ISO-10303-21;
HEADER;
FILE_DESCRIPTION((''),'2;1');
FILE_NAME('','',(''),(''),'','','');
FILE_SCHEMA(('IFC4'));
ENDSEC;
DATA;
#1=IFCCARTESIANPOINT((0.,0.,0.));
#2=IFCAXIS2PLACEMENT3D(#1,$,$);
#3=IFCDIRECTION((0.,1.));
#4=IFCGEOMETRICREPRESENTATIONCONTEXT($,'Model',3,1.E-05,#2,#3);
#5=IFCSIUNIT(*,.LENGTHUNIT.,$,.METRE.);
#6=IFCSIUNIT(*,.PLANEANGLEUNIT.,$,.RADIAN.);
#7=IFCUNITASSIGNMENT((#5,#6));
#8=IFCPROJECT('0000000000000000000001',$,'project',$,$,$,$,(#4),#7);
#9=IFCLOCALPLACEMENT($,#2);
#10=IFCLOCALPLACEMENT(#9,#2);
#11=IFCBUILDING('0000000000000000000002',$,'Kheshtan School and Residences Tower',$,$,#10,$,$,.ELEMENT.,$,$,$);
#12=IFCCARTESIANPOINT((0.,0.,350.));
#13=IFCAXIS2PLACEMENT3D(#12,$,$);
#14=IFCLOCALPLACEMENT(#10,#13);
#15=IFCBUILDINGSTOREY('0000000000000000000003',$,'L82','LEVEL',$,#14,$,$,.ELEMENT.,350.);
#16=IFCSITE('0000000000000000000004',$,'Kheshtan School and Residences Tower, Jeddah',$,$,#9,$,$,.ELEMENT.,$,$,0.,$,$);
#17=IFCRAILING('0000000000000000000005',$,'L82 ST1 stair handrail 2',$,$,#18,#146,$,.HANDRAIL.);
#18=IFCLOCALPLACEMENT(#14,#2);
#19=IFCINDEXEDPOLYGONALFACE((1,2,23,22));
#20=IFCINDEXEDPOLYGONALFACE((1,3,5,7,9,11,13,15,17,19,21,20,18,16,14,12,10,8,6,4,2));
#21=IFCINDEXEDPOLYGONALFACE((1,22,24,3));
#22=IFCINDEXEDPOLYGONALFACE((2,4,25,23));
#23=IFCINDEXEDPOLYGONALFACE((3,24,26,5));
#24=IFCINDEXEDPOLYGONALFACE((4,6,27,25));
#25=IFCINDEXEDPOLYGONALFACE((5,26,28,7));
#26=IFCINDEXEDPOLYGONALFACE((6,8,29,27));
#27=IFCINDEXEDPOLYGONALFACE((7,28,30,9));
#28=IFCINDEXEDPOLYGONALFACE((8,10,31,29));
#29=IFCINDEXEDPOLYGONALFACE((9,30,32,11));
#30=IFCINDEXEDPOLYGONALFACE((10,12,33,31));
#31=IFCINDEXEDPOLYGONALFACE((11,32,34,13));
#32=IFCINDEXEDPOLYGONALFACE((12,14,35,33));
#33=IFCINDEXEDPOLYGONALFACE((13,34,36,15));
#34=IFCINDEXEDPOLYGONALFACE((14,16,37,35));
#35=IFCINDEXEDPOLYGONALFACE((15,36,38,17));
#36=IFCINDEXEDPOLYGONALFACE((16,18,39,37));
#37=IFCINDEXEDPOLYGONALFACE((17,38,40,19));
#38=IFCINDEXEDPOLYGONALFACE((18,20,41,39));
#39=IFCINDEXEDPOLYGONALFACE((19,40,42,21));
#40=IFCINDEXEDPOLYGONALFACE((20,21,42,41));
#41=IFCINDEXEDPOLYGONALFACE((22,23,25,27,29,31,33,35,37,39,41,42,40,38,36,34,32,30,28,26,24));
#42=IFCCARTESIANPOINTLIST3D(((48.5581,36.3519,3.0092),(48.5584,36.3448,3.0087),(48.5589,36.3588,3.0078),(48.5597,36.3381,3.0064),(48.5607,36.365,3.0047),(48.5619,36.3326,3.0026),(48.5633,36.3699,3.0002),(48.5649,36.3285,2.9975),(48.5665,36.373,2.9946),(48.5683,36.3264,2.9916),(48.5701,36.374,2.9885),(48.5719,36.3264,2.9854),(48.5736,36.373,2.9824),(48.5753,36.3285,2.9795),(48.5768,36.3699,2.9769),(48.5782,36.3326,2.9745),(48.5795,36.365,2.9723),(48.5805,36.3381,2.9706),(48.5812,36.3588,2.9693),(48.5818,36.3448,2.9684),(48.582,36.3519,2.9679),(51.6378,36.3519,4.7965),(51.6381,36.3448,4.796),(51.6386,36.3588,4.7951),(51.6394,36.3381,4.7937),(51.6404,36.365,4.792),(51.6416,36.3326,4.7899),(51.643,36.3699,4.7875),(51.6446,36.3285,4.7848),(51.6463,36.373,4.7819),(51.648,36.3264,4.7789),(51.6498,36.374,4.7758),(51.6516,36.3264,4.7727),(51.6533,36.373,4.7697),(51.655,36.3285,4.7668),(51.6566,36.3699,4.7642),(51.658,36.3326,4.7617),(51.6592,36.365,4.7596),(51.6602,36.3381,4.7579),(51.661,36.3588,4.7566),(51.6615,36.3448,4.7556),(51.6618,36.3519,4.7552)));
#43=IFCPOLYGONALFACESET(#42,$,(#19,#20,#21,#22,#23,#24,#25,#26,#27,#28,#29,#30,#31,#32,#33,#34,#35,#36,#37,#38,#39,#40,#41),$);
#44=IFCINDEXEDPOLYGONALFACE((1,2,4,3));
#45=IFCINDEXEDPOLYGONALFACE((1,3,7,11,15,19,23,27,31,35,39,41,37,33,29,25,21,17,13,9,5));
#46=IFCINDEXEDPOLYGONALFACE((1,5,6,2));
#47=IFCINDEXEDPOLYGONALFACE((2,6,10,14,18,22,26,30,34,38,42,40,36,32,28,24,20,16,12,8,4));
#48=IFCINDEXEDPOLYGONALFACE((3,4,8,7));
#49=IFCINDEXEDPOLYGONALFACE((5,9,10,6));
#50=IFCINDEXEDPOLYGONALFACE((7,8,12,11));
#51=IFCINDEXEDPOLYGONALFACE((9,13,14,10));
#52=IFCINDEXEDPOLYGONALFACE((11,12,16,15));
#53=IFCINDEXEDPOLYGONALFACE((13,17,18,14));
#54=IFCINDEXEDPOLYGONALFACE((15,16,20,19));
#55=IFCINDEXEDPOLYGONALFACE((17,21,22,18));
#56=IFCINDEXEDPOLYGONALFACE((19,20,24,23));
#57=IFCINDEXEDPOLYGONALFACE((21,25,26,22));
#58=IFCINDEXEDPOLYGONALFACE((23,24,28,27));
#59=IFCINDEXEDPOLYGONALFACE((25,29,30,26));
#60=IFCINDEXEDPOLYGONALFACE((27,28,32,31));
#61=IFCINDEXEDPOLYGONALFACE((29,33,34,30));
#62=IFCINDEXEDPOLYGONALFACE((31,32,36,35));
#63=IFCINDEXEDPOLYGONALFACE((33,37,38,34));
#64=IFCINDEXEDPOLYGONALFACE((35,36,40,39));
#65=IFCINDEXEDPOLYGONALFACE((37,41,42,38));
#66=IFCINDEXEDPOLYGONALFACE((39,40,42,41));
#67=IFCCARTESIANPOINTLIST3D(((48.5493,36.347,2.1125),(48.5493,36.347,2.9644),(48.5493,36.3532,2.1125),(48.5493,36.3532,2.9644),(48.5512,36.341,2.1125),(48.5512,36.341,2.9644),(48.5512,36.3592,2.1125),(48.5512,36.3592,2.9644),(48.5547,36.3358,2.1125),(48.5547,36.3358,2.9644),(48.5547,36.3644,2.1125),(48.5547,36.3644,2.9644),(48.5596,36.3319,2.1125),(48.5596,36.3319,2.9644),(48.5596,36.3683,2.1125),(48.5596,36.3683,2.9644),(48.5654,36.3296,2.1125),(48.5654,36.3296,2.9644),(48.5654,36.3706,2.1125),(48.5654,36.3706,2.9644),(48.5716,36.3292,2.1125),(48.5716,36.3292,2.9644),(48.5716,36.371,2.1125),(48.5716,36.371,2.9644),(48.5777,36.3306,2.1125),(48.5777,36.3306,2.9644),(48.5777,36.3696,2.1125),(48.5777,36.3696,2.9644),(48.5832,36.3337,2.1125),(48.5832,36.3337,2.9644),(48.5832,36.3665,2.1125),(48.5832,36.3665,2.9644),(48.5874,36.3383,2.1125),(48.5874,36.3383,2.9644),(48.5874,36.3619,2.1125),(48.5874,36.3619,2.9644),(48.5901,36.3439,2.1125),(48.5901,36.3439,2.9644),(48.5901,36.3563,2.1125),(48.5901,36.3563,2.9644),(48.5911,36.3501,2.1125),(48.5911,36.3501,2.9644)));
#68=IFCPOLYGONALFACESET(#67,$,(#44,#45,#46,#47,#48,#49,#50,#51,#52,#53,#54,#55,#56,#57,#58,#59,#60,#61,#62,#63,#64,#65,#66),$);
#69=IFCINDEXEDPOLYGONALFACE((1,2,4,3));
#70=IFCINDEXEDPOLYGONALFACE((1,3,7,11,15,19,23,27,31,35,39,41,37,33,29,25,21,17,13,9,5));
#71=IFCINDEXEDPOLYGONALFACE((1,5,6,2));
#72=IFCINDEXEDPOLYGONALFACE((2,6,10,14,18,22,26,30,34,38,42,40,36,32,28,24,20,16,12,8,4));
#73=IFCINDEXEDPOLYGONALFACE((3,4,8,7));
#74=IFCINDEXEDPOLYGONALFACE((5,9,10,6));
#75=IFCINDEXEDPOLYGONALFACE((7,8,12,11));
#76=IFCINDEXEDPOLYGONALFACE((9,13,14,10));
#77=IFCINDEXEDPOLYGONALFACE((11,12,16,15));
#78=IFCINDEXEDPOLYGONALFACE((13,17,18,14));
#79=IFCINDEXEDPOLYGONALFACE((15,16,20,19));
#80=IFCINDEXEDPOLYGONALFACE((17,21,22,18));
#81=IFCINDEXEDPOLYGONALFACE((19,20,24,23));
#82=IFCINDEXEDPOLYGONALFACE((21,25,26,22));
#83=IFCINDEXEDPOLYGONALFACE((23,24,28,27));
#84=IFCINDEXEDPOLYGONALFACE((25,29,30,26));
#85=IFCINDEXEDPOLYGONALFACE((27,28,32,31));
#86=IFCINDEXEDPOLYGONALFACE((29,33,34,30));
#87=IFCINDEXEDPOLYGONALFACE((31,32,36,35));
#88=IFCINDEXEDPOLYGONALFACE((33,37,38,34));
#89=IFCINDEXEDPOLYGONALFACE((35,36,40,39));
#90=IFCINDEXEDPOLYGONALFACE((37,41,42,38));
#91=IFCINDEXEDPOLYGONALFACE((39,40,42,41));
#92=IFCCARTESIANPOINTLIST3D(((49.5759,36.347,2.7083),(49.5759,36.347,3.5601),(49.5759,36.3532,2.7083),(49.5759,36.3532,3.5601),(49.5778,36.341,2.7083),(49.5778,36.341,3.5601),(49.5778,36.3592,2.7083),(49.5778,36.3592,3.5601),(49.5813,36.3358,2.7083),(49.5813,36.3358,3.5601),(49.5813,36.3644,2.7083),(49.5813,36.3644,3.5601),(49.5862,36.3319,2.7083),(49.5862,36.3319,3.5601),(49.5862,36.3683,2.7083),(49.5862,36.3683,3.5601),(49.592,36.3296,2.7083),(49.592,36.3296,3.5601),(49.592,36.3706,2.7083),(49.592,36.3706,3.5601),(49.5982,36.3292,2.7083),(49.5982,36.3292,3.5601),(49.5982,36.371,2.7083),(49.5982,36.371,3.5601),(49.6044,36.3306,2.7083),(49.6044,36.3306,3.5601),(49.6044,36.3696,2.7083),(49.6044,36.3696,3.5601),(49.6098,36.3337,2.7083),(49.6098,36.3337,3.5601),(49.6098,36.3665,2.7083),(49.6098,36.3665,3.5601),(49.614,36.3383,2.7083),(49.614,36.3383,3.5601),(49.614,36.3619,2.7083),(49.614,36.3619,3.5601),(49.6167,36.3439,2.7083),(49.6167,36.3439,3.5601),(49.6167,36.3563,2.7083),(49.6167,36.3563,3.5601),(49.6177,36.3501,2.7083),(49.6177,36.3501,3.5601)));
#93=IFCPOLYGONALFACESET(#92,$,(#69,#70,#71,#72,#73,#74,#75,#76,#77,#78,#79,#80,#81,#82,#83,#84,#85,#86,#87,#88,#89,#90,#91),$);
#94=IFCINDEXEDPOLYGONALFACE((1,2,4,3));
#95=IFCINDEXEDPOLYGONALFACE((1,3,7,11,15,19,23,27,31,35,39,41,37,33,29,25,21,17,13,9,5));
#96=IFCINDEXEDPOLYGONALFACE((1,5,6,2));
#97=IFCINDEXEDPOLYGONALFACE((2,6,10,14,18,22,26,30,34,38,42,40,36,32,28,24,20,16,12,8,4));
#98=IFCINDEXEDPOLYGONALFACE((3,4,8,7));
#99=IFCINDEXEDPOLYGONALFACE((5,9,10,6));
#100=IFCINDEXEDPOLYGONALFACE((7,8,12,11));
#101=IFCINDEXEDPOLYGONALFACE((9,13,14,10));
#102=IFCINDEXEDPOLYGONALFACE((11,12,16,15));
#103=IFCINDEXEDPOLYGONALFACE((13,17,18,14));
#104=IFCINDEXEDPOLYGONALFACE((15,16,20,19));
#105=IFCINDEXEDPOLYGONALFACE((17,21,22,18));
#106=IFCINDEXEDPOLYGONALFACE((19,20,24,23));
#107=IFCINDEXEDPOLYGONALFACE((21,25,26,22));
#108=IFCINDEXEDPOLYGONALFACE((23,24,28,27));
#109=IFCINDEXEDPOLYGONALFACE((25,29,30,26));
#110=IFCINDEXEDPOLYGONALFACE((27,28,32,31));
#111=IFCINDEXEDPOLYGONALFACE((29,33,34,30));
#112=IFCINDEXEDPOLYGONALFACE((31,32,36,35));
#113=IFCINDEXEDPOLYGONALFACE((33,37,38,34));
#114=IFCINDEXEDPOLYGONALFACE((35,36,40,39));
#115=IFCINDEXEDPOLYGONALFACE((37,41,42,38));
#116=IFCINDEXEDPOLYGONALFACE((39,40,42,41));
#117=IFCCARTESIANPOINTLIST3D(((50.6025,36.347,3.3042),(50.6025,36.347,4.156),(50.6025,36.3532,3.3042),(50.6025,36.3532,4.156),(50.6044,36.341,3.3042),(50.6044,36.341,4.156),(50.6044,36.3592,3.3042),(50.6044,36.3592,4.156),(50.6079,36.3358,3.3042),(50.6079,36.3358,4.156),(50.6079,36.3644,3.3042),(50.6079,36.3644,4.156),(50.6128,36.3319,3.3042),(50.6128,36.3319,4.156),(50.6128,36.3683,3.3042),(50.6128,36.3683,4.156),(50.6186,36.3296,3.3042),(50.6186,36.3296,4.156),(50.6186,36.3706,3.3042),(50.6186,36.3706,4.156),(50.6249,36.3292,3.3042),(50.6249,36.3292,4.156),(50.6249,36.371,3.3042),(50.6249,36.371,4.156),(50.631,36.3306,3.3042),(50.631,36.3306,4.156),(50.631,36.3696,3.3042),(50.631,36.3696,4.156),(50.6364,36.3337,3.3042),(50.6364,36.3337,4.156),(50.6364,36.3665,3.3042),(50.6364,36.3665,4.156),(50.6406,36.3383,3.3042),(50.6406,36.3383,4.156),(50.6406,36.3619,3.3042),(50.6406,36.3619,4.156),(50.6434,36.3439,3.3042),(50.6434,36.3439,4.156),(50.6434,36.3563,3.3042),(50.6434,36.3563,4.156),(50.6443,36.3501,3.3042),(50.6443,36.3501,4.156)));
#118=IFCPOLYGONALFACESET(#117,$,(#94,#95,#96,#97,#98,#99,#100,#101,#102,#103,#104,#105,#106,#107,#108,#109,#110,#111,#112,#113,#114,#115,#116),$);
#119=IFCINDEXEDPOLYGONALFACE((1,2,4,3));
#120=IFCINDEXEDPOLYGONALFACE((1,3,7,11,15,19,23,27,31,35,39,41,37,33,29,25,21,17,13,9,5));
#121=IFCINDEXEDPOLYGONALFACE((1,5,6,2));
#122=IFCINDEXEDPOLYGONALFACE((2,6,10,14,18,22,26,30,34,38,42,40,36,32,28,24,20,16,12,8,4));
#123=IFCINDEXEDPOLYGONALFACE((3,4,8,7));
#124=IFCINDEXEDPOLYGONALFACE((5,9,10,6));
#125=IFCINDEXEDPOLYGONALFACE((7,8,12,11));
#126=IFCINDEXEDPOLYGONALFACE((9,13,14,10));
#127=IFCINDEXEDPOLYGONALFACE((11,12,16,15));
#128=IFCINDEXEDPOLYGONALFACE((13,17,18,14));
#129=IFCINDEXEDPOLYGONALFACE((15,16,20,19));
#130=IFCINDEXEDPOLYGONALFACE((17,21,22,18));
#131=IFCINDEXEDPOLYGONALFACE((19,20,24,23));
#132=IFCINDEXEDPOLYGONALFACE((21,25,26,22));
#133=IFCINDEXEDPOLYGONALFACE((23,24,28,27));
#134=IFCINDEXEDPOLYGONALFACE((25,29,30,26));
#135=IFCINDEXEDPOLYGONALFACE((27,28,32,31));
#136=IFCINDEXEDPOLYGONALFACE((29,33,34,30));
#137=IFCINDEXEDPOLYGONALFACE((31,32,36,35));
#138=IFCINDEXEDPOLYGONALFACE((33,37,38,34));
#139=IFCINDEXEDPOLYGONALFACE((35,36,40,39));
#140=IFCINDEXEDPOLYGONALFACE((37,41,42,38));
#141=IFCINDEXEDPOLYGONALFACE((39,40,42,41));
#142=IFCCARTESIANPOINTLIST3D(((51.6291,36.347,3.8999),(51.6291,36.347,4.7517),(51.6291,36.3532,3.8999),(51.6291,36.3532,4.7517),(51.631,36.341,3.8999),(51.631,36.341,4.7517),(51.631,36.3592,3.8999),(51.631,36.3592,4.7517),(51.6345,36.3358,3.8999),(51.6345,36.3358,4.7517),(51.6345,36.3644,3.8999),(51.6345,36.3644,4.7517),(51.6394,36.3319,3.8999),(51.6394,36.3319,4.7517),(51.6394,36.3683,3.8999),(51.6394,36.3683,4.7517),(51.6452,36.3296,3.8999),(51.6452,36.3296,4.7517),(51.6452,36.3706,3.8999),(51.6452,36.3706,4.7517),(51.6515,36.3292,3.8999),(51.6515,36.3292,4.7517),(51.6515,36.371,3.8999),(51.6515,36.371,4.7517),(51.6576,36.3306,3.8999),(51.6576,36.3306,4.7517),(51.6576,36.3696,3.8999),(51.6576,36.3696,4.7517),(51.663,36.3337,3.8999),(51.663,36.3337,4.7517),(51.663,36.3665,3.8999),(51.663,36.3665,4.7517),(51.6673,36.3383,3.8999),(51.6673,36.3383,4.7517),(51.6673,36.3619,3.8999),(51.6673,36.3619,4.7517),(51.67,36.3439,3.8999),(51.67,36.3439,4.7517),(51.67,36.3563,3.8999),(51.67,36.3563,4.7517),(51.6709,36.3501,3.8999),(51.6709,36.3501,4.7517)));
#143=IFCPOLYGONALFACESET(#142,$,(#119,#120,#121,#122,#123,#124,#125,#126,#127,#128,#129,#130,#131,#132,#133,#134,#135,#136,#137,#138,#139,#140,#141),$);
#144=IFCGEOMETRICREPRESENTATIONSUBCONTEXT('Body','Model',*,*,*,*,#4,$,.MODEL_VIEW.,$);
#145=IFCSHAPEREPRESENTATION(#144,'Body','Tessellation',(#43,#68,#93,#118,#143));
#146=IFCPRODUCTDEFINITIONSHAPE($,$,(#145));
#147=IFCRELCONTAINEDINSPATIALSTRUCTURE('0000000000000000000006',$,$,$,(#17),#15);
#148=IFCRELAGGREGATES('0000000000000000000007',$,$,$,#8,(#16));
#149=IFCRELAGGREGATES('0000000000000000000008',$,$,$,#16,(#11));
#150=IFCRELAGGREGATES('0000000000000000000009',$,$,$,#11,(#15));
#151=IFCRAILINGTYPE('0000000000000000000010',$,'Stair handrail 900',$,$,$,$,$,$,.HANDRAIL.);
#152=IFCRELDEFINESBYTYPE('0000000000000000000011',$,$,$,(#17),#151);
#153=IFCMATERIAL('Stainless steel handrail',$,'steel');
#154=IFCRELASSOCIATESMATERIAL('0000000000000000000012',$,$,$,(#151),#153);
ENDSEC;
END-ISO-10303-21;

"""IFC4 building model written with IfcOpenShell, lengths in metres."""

from ifc_helpers import new_model, si_unit, direction, frame, origin, origin_2d, place, context, subcontext, project, spatial, circle, extrude, material, type_object, element, save


model = new_model("IFC4")

# Units and contexts
model_context = context("Model", 3, precision=1e-05, world=origin(), true_north=direction((0.0, 1.0)))
body_context = subcontext(model_context, "Body", "Model", "MODEL_VIEW")
ifc_project = project(units=[si_unit("LENGTHUNIT", "METRE"), si_unit("PLANEANGLEUNIT", "RADIAN")], contexts=[model_context])

# Site, building, storey
site_placement = place(None, origin())
site = spatial("IfcSite", under=ifc_project, at=site_placement, Name="Kheshtan School and Residences Tower, Jeddah", CompositionType="ELEMENT", RefElevation=0.0)
building_placement = place(site_placement, origin())
building = spatial("IfcBuilding", under=site, at=building_placement, Name="Kheshtan School and Residences Tower", CompositionType="ELEMENT")
storey_placement = place(building_placement, frame((0.0, 0.0, 350.0)))
storey = spatial("IfcBuildingStorey", under=building, at=storey_placement, Name="L82", Description="LEVEL", CompositionType="ELEMENT", Elevation=350.0)

# Railing
ifc_material_1 = material(Name="Stainless steel handrail", Category="steel")
railing_type_1 = type_object("IfcRailingType", Name="Stair handrail 900", PredefinedType="HANDRAIL", material=ifc_material_1)
railing_1_placement = place(storey_placement, frame((48.5701, 36.3501, 2.1125)))
element("IfcRailing", 1, at=railing_1_placement, inside=storey, type_object=railing_type_1, Name="L82 ST1 stair handrail 2", PredefinedType="HANDRAIL", context=body_context, shape_type="SweptSolid", body=[
    extrude(circle(Radius=0.0239, at=origin_2d()), frame((0.0, 0.0, 0.876), z_axis=(0.864903, 0.0, 0.501939), x_axis=(0.0, 1.0, 0.0)), (0.0, 0.0, 1.0), 3.5608),
    extrude(circle(Radius=0.021, at=origin_2d()), origin(), (0.0, 0.0, 1.0), 0.8518),
    extrude(circle(Radius=0.021, at=origin_2d()), frame((1.0266, 0.0, 0.5957)), (0.0, 0.0, 1.0), 0.8518),
    extrude(circle(Radius=0.021, at=origin_2d()), frame((2.0532, 0.0, 1.1917)), (0.0, 0.0, 1.0), 0.8518),
    extrude(circle(Radius=0.021, at=origin_2d()), frame((3.0798, 0.0, 1.7874)), (0.0, 0.0, 1.0), 0.8518),
])

save(model, "model.ifc")
